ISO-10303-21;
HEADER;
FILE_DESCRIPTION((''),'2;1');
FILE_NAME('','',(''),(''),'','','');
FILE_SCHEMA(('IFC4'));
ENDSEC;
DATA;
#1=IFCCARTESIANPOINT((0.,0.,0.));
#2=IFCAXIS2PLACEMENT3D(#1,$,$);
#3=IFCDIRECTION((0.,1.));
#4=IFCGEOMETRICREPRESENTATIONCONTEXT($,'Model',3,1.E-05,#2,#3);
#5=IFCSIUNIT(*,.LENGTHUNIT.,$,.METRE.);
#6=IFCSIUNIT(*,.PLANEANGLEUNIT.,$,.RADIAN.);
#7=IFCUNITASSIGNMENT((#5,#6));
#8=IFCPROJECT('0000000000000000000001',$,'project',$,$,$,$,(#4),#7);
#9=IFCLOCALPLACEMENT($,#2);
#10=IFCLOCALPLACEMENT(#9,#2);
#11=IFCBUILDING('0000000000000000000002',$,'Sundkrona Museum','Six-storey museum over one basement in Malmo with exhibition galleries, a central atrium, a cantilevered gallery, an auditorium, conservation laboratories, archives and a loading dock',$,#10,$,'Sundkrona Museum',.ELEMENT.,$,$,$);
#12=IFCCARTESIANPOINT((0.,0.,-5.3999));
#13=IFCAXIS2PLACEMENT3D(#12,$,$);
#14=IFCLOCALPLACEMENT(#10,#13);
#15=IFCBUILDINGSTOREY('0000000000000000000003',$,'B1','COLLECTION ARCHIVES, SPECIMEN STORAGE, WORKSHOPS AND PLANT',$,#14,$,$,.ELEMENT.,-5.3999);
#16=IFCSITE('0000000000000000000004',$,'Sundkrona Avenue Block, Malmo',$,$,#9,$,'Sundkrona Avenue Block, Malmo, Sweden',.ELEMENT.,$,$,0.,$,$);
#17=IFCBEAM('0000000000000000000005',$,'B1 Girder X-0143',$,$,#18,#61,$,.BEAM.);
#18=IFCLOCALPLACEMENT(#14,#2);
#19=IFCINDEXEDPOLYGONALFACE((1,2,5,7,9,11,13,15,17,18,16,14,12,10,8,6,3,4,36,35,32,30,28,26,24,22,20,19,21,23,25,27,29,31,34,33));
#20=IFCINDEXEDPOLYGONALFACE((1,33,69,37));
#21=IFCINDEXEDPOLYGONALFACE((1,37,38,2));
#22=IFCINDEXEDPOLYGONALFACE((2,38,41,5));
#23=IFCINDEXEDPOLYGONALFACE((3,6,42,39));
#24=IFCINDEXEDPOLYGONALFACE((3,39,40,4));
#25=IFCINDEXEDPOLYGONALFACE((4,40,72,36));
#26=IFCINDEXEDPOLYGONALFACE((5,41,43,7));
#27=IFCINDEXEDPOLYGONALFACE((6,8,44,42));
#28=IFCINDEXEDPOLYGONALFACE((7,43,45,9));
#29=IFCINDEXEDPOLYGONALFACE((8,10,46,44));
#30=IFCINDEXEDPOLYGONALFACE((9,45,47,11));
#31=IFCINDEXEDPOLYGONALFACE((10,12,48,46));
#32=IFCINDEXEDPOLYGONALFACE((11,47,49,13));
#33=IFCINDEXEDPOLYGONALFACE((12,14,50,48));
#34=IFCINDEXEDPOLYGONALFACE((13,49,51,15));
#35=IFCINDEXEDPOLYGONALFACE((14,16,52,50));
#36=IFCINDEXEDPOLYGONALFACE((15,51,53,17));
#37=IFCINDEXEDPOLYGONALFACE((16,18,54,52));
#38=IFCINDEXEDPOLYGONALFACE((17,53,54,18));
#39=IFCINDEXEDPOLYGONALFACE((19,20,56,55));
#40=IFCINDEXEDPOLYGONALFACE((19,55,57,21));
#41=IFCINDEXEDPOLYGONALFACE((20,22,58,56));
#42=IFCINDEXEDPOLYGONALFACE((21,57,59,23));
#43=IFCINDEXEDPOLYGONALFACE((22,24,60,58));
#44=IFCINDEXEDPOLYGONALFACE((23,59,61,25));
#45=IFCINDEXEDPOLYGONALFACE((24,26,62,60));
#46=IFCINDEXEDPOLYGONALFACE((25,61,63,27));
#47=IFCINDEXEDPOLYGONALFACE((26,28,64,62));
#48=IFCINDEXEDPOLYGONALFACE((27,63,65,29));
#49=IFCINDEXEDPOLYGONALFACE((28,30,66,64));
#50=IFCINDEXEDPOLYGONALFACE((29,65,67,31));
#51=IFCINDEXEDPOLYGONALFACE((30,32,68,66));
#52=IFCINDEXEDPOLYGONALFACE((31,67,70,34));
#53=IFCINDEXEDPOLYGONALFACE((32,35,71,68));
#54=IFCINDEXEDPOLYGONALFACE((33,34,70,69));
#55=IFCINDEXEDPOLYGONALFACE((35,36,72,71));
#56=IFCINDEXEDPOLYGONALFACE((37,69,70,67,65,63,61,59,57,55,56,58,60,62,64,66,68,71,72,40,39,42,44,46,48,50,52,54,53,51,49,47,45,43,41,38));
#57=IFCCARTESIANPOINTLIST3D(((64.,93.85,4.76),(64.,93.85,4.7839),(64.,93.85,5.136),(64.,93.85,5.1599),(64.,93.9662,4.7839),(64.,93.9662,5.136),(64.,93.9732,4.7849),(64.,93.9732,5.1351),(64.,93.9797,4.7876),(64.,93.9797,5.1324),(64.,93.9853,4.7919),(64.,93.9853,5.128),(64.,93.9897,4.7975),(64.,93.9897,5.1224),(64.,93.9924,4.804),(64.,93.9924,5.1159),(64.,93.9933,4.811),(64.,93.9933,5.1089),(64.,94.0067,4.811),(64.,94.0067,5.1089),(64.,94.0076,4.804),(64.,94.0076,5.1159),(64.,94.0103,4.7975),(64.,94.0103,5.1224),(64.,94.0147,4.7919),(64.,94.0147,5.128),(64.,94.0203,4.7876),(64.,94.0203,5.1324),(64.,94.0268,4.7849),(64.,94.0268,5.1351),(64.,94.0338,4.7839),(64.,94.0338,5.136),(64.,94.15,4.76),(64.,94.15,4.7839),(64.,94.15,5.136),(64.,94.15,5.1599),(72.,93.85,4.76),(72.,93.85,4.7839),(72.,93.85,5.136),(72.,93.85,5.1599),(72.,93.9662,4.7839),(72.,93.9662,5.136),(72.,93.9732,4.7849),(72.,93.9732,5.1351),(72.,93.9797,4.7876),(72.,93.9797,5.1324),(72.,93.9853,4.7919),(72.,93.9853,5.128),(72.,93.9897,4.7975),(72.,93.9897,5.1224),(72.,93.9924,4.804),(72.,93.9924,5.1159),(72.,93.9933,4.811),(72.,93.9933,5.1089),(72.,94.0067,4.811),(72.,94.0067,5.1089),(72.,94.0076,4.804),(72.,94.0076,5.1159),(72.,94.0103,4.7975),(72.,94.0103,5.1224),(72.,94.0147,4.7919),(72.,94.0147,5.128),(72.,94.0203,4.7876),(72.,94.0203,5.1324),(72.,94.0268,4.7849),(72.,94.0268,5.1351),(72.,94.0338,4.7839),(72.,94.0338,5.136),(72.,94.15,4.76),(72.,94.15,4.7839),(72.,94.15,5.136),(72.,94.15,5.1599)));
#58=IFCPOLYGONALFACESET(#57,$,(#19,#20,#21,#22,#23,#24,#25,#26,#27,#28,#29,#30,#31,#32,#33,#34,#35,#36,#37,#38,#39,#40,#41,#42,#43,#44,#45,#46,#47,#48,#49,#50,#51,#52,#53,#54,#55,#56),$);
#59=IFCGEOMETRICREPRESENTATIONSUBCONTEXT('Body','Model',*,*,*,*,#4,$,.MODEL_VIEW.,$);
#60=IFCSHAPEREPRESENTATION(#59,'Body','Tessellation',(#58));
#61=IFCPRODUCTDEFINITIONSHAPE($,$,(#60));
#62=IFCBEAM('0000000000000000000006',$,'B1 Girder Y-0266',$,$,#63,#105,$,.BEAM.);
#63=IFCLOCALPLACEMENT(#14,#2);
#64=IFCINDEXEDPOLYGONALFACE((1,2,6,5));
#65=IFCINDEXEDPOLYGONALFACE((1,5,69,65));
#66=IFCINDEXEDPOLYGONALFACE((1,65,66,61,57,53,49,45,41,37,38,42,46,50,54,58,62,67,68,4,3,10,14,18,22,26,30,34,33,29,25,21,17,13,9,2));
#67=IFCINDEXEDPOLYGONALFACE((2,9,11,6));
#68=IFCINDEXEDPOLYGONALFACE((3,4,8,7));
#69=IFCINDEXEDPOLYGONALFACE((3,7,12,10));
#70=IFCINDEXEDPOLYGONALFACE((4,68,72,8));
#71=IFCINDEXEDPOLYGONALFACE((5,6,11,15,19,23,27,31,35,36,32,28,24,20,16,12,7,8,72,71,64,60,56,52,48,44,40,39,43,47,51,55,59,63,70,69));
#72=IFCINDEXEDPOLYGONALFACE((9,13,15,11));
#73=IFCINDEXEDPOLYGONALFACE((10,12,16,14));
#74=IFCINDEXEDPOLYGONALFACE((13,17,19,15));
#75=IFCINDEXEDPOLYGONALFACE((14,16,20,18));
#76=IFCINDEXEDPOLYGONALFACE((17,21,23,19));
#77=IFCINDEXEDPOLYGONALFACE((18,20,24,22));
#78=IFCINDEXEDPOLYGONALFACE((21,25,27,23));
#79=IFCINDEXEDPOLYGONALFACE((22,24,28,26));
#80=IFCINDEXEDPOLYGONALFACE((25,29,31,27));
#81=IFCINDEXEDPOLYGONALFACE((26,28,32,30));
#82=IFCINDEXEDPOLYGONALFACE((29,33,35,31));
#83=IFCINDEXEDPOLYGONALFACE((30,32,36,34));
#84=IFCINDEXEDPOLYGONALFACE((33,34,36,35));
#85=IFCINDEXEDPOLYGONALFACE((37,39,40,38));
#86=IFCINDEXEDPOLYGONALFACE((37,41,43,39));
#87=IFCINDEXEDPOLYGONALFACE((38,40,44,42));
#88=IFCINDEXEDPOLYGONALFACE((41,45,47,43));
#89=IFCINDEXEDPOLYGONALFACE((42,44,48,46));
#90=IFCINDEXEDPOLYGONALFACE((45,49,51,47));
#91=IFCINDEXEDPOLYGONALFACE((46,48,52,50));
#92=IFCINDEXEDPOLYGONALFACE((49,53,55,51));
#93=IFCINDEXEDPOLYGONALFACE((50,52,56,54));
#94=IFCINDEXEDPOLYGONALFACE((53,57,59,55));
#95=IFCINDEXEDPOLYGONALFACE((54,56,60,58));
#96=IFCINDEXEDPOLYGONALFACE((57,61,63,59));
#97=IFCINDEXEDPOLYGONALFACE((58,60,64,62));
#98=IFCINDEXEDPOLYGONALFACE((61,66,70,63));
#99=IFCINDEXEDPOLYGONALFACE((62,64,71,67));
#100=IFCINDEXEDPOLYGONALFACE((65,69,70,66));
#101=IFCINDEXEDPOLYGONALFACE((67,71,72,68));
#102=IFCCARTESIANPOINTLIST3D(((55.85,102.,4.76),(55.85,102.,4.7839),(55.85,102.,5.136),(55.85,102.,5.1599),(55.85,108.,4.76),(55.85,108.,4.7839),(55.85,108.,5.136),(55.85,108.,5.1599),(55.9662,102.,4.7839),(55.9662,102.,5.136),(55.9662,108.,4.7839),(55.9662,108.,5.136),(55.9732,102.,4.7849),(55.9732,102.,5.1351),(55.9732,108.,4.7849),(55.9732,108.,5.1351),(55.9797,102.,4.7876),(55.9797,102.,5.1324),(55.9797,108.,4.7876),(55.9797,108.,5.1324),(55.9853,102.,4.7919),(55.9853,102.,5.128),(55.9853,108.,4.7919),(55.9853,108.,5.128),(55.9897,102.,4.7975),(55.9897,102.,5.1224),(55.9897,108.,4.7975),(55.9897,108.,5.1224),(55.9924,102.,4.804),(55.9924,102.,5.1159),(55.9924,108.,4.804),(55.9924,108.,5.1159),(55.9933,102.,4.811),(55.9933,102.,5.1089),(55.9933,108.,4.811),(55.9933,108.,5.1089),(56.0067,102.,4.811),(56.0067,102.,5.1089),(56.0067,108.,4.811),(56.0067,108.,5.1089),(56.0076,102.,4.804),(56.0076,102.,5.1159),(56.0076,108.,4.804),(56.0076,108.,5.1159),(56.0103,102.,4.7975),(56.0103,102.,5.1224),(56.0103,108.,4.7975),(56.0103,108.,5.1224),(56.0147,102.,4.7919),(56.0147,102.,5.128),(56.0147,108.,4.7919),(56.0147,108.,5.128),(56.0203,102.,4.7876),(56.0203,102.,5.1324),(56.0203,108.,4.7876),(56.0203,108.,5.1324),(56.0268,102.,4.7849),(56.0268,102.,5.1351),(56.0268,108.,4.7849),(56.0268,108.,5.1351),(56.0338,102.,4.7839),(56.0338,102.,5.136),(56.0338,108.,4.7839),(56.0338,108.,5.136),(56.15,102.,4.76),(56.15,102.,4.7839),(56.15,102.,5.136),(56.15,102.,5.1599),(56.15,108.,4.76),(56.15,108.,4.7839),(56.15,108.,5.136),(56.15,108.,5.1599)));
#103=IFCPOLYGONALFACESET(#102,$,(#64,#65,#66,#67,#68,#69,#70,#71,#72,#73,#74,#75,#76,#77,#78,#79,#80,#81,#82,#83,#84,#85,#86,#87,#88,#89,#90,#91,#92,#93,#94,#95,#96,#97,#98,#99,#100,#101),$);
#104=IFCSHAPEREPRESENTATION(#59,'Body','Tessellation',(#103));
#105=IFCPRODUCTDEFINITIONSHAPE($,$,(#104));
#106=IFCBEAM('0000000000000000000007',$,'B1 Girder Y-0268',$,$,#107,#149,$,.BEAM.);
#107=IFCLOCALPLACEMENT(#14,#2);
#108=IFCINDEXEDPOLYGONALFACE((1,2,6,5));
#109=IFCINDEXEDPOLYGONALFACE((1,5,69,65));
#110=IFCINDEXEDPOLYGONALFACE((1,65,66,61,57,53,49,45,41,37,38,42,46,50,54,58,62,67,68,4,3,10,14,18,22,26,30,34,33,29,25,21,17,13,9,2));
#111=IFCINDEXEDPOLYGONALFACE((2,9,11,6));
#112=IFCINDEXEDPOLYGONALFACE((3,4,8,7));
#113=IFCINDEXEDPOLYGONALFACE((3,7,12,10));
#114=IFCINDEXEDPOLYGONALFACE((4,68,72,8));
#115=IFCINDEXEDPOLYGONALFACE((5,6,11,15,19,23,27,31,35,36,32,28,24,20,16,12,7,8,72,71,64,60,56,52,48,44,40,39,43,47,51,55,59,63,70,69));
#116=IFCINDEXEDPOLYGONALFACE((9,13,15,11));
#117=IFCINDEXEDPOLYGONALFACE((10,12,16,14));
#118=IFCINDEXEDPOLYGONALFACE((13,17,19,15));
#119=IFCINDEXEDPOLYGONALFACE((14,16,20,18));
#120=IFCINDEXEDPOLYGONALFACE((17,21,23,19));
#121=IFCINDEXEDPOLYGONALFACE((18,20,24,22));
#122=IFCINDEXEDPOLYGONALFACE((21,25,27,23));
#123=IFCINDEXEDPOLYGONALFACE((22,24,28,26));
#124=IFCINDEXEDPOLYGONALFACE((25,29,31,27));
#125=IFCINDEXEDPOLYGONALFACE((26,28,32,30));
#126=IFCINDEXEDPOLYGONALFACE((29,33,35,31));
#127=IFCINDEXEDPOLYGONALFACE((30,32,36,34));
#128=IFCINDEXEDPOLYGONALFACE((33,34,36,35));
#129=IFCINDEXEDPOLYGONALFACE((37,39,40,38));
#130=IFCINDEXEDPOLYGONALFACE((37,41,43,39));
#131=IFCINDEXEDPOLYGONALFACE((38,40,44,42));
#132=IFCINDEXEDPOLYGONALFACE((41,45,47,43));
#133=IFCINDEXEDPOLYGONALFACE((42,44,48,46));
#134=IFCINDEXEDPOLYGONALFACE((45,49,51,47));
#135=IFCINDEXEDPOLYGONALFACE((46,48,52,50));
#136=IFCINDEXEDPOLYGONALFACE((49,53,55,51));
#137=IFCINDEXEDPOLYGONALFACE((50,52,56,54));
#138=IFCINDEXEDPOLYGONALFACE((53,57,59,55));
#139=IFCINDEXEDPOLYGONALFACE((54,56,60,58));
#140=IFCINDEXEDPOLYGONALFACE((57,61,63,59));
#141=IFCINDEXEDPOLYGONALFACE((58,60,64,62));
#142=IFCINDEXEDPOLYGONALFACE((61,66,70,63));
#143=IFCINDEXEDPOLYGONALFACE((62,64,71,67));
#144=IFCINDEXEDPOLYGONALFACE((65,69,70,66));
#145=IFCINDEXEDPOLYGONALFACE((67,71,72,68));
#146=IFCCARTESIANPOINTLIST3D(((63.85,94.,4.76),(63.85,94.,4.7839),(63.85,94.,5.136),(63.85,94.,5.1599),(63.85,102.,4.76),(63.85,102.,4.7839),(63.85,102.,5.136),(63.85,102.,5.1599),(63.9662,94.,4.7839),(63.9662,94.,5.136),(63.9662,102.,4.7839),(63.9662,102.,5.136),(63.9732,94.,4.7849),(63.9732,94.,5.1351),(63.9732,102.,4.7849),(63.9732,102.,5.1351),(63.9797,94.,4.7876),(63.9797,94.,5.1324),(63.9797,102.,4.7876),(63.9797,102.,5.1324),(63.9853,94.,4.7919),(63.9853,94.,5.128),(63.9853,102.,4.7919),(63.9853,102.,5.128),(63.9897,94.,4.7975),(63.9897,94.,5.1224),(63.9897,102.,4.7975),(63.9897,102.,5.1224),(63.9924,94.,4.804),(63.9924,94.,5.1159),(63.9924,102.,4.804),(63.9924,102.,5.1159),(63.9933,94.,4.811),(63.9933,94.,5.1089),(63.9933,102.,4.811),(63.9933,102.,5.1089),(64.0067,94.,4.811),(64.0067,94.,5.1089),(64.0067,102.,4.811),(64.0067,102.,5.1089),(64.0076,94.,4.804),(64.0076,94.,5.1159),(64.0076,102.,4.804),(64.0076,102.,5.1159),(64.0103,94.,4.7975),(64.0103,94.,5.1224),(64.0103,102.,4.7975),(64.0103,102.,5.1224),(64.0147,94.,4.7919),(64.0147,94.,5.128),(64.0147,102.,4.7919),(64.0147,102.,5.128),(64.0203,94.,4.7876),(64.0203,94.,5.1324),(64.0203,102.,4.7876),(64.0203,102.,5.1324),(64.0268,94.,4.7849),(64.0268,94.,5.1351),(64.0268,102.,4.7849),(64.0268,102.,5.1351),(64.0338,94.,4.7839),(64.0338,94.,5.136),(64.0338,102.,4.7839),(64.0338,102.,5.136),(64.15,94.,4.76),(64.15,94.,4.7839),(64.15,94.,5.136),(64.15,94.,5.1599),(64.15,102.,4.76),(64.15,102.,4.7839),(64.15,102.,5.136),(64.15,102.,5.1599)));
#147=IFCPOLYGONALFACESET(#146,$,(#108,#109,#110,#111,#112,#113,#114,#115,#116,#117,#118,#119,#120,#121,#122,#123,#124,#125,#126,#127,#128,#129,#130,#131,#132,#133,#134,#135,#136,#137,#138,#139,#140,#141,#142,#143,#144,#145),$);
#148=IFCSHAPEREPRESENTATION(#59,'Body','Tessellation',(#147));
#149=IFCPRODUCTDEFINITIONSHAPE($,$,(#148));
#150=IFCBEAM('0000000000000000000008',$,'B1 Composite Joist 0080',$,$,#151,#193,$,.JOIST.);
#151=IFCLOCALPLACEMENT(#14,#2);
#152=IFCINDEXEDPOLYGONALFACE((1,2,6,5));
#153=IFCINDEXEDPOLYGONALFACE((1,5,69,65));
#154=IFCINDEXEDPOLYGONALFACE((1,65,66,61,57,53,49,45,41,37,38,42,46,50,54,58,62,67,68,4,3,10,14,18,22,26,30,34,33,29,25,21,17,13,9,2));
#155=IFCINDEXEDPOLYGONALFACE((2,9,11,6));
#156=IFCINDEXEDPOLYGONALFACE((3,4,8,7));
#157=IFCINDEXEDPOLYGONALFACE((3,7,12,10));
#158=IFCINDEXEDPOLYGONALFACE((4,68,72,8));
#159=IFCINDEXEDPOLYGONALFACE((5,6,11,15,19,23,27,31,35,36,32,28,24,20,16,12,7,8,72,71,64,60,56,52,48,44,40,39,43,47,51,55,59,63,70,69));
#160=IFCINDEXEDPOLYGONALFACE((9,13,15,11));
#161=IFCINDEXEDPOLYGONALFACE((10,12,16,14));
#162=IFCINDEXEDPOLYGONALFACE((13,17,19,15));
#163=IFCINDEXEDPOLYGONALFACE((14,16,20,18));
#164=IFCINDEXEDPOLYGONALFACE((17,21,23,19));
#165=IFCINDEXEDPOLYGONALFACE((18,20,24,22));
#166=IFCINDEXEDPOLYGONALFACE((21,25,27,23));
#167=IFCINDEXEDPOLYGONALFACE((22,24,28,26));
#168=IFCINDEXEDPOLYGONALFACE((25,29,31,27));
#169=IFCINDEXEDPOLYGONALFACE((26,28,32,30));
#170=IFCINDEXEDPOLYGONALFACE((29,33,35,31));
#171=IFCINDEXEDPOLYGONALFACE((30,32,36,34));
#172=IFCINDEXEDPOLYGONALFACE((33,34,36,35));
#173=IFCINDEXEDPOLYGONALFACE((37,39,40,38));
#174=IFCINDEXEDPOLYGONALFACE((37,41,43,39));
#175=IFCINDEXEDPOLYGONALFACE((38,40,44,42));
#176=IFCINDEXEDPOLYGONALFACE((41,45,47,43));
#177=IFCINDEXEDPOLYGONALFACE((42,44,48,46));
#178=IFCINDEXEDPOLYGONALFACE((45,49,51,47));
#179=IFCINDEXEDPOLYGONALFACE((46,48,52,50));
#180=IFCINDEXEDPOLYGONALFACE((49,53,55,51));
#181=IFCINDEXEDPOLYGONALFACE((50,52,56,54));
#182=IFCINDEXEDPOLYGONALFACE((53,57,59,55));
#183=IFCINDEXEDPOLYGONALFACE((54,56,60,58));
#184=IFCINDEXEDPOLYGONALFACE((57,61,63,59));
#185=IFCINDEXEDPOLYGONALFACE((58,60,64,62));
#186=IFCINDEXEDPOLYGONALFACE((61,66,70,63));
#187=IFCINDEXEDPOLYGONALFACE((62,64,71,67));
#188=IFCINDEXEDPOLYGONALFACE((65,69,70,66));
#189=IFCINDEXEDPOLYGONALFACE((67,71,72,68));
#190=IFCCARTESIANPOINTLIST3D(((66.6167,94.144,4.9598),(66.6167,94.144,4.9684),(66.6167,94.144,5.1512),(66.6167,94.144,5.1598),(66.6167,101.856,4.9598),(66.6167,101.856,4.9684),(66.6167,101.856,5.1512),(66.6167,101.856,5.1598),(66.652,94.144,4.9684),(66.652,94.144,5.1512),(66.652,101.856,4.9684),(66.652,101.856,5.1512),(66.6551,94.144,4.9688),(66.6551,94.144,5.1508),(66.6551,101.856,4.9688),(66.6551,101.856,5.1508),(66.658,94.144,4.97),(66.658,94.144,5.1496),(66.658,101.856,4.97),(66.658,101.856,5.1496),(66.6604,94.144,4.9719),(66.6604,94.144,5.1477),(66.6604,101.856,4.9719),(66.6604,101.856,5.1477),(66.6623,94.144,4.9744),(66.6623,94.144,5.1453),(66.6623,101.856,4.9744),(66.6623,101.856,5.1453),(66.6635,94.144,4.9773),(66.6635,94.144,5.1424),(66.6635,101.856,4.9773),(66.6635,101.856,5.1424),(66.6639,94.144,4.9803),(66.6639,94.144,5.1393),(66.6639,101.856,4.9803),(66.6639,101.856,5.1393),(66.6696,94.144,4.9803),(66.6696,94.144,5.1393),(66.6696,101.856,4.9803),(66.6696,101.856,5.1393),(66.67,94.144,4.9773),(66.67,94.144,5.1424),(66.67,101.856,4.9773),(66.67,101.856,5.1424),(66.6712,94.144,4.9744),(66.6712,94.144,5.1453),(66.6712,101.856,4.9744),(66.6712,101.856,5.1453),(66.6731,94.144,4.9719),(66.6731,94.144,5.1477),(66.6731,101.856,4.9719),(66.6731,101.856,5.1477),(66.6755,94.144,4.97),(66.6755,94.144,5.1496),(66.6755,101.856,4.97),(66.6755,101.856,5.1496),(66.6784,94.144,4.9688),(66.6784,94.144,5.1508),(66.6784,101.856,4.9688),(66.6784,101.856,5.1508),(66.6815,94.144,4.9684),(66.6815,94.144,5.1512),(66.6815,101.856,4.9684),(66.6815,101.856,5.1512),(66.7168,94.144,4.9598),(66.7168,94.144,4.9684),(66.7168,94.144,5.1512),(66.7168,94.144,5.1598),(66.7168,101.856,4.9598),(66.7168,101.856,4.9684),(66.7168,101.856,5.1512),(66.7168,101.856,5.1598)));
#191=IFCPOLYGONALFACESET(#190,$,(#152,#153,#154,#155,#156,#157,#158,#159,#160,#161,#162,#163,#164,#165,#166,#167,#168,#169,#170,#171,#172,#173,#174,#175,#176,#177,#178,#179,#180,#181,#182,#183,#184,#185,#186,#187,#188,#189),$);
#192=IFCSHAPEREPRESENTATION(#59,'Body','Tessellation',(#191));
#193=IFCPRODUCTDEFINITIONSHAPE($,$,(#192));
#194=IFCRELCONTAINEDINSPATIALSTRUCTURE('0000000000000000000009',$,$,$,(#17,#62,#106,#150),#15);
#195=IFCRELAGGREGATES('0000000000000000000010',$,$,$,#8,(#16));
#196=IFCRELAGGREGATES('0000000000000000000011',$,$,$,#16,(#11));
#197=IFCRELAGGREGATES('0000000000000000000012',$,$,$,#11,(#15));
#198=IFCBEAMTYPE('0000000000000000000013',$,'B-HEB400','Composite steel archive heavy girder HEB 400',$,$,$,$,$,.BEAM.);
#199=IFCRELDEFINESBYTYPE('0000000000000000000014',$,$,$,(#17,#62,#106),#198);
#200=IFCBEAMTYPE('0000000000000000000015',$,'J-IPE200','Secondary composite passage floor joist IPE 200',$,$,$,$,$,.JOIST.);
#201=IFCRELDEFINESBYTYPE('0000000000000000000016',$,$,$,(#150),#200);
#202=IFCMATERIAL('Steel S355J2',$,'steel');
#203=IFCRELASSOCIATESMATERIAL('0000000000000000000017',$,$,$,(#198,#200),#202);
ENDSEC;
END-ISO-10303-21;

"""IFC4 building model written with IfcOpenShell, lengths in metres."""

from ifc_helpers import new_model, si_unit, direction, frame, origin, origin_2d, place, context, subcontext, project, spatial, i_section, extrude, material, material_profile, profile_set, type_object, element, save


model = new_model("IFC4")

# Units and contexts
model_context = context("Model", 3, precision=1e-05, world=origin(), true_north=direction((0.0, 1.0)))
body_context = subcontext(model_context, "Body", "Model", "MODEL_VIEW")
ifc_project = project(units=[si_unit("LENGTHUNIT", "METRE"), si_unit("PLANEANGLEUNIT", "RADIAN")], contexts=[model_context])

# Site, building, storey
site_placement = place(None, origin())
site = spatial("IfcSite", under=ifc_project, at=site_placement, Name="Sundkrona Avenue Block, Malmo", LongName="Sundkrona Avenue Block, Malmo, Sweden", CompositionType="ELEMENT", RefElevation=0.0)
building_placement = place(site_placement, origin())
building = spatial("IfcBuilding", under=site, at=building_placement, Name="Sundkrona Museum", Description="Six-storey museum over one basement in Malmo with exhibition galleries, a central atrium, a cantilevered gallery, an auditorium, conservation laboratories, archives and a loading dock", LongName="Sundkrona Museum", CompositionType="ELEMENT")
storey_placement = place(building_placement, frame((0.0, 0.0, -5.3999)))
storey = spatial("IfcBuildingStorey", under=building, at=storey_placement, Name="B1", Description="COLLECTION ARCHIVES, SPECIMEN STORAGE, WORKSHOPS AND PLANT", CompositionType="ELEMENT", Elevation=-5.3999)

# Beams
ifc_material_1 = material(Name="Steel S355J2", Category="steel")
ifc_material_profile_1 = material_profile(ifc_material_1, i_section(OverallWidth=0.3, OverallDepth=0.3999, WebThickness=0.0134, FlangeThickness=0.0239, FilletRadius=0.0271, at=origin_2d()), Name="HEB 400")
ifc_profile_set_1 = profile_set([ifc_material_profile_1], Name="Steel S355J2")
beam_type_1 = type_object("IfcBeamType", Name="B-HEB400", Description="Composite steel archive heavy girder HEB 400", PredefinedType="BEAM", material=ifc_profile_set_1)
beam_1_placement = place(storey_placement, frame((64.0, 94.0, 4.96), z_axis=(1.0, 0.0, 0.0), x_axis=(0.0, 1.0, 0.0)))
element("IfcBeam", 1, at=beam_1_placement, inside=storey, type_object=beam_type_1, Name="B1 Girder X-0143", PredefinedType="BEAM", context=body_context, shape_type="SweptSolid", body=[
    extrude(i_section(OverallWidth=0.3, OverallDepth=0.3999, WebThickness=0.0134, FlangeThickness=0.0239, FilletRadius=0.0271, at=origin_2d()), origin(), (0.0, 0.0, 1.0), 8.0),
])
beam_2_placement = place(storey_placement, frame((56.0, 102.0, 4.96), z_axis=(0.0, 1.0, 0.0), x_axis=(-1.0, 0.0, 0.0)))
element("IfcBeam", 2, at=beam_2_placement, inside=storey, type_object=beam_type_1, Name="B1 Girder Y-0266", PredefinedType="BEAM", context=body_context, shape_type="SweptSolid", body=[
    extrude(i_section(OverallWidth=0.3, OverallDepth=0.3999, WebThickness=0.0134, FlangeThickness=0.0239, FilletRadius=0.0271, at=origin_2d()), origin(), (0.0, 0.0, 1.0), 6.0),
])
beam_3_placement = place(storey_placement, frame((64.0, 94.0, 4.96), z_axis=(0.0, 1.0, 0.0), x_axis=(-1.0, 0.0, 0.0)))
element("IfcBeam", 3, at=beam_3_placement, inside=storey, type_object=beam_type_1, Name="B1 Girder Y-0268", PredefinedType="BEAM", context=body_context, shape_type="SweptSolid", body=[
    extrude(i_section(OverallWidth=0.3, OverallDepth=0.3999, WebThickness=0.0134, FlangeThickness=0.0239, FilletRadius=0.0271, at=origin_2d()), origin(), (0.0, 0.0, 1.0), 8.0),
])
ifc_material_profile_2 = material_profile(ifc_material_1, i_section(OverallWidth=0.1001, OverallDepth=0.2, WebThickness=0.0056, FlangeThickness=0.0085, FilletRadius=0.012, at=origin_2d()), Name="IPE 200")
ifc_profile_set_2 = profile_set([ifc_material_profile_2], Name="Steel S355J2")
beam_type_2 = type_object("IfcBeamType", Name="J-IPE200", Description="Secondary composite passage floor joist IPE 200", PredefinedType="JOIST", material=ifc_profile_set_2)
beam_4_placement = place(storey_placement, frame((66.6667, 94.144, 5.0598), z_axis=(0.0, 1.0, 0.0), x_axis=(-1.0, 0.0, 0.0)))
element("IfcBeam", 4, at=beam_4_placement, inside=storey, type_object=beam_type_2, Name="B1 Composite Joist 0080", PredefinedType="JOIST", context=body_context, shape_type="SweptSolid", body=[
    extrude(i_section(OverallWidth=0.1001, OverallDepth=0.2, WebThickness=0.0056, FlangeThickness=0.0085, FilletRadius=0.012, at=origin_2d()), origin(), (0.0, 0.0, 1.0), 7.7119),
])

save(model, "model.ifc")
